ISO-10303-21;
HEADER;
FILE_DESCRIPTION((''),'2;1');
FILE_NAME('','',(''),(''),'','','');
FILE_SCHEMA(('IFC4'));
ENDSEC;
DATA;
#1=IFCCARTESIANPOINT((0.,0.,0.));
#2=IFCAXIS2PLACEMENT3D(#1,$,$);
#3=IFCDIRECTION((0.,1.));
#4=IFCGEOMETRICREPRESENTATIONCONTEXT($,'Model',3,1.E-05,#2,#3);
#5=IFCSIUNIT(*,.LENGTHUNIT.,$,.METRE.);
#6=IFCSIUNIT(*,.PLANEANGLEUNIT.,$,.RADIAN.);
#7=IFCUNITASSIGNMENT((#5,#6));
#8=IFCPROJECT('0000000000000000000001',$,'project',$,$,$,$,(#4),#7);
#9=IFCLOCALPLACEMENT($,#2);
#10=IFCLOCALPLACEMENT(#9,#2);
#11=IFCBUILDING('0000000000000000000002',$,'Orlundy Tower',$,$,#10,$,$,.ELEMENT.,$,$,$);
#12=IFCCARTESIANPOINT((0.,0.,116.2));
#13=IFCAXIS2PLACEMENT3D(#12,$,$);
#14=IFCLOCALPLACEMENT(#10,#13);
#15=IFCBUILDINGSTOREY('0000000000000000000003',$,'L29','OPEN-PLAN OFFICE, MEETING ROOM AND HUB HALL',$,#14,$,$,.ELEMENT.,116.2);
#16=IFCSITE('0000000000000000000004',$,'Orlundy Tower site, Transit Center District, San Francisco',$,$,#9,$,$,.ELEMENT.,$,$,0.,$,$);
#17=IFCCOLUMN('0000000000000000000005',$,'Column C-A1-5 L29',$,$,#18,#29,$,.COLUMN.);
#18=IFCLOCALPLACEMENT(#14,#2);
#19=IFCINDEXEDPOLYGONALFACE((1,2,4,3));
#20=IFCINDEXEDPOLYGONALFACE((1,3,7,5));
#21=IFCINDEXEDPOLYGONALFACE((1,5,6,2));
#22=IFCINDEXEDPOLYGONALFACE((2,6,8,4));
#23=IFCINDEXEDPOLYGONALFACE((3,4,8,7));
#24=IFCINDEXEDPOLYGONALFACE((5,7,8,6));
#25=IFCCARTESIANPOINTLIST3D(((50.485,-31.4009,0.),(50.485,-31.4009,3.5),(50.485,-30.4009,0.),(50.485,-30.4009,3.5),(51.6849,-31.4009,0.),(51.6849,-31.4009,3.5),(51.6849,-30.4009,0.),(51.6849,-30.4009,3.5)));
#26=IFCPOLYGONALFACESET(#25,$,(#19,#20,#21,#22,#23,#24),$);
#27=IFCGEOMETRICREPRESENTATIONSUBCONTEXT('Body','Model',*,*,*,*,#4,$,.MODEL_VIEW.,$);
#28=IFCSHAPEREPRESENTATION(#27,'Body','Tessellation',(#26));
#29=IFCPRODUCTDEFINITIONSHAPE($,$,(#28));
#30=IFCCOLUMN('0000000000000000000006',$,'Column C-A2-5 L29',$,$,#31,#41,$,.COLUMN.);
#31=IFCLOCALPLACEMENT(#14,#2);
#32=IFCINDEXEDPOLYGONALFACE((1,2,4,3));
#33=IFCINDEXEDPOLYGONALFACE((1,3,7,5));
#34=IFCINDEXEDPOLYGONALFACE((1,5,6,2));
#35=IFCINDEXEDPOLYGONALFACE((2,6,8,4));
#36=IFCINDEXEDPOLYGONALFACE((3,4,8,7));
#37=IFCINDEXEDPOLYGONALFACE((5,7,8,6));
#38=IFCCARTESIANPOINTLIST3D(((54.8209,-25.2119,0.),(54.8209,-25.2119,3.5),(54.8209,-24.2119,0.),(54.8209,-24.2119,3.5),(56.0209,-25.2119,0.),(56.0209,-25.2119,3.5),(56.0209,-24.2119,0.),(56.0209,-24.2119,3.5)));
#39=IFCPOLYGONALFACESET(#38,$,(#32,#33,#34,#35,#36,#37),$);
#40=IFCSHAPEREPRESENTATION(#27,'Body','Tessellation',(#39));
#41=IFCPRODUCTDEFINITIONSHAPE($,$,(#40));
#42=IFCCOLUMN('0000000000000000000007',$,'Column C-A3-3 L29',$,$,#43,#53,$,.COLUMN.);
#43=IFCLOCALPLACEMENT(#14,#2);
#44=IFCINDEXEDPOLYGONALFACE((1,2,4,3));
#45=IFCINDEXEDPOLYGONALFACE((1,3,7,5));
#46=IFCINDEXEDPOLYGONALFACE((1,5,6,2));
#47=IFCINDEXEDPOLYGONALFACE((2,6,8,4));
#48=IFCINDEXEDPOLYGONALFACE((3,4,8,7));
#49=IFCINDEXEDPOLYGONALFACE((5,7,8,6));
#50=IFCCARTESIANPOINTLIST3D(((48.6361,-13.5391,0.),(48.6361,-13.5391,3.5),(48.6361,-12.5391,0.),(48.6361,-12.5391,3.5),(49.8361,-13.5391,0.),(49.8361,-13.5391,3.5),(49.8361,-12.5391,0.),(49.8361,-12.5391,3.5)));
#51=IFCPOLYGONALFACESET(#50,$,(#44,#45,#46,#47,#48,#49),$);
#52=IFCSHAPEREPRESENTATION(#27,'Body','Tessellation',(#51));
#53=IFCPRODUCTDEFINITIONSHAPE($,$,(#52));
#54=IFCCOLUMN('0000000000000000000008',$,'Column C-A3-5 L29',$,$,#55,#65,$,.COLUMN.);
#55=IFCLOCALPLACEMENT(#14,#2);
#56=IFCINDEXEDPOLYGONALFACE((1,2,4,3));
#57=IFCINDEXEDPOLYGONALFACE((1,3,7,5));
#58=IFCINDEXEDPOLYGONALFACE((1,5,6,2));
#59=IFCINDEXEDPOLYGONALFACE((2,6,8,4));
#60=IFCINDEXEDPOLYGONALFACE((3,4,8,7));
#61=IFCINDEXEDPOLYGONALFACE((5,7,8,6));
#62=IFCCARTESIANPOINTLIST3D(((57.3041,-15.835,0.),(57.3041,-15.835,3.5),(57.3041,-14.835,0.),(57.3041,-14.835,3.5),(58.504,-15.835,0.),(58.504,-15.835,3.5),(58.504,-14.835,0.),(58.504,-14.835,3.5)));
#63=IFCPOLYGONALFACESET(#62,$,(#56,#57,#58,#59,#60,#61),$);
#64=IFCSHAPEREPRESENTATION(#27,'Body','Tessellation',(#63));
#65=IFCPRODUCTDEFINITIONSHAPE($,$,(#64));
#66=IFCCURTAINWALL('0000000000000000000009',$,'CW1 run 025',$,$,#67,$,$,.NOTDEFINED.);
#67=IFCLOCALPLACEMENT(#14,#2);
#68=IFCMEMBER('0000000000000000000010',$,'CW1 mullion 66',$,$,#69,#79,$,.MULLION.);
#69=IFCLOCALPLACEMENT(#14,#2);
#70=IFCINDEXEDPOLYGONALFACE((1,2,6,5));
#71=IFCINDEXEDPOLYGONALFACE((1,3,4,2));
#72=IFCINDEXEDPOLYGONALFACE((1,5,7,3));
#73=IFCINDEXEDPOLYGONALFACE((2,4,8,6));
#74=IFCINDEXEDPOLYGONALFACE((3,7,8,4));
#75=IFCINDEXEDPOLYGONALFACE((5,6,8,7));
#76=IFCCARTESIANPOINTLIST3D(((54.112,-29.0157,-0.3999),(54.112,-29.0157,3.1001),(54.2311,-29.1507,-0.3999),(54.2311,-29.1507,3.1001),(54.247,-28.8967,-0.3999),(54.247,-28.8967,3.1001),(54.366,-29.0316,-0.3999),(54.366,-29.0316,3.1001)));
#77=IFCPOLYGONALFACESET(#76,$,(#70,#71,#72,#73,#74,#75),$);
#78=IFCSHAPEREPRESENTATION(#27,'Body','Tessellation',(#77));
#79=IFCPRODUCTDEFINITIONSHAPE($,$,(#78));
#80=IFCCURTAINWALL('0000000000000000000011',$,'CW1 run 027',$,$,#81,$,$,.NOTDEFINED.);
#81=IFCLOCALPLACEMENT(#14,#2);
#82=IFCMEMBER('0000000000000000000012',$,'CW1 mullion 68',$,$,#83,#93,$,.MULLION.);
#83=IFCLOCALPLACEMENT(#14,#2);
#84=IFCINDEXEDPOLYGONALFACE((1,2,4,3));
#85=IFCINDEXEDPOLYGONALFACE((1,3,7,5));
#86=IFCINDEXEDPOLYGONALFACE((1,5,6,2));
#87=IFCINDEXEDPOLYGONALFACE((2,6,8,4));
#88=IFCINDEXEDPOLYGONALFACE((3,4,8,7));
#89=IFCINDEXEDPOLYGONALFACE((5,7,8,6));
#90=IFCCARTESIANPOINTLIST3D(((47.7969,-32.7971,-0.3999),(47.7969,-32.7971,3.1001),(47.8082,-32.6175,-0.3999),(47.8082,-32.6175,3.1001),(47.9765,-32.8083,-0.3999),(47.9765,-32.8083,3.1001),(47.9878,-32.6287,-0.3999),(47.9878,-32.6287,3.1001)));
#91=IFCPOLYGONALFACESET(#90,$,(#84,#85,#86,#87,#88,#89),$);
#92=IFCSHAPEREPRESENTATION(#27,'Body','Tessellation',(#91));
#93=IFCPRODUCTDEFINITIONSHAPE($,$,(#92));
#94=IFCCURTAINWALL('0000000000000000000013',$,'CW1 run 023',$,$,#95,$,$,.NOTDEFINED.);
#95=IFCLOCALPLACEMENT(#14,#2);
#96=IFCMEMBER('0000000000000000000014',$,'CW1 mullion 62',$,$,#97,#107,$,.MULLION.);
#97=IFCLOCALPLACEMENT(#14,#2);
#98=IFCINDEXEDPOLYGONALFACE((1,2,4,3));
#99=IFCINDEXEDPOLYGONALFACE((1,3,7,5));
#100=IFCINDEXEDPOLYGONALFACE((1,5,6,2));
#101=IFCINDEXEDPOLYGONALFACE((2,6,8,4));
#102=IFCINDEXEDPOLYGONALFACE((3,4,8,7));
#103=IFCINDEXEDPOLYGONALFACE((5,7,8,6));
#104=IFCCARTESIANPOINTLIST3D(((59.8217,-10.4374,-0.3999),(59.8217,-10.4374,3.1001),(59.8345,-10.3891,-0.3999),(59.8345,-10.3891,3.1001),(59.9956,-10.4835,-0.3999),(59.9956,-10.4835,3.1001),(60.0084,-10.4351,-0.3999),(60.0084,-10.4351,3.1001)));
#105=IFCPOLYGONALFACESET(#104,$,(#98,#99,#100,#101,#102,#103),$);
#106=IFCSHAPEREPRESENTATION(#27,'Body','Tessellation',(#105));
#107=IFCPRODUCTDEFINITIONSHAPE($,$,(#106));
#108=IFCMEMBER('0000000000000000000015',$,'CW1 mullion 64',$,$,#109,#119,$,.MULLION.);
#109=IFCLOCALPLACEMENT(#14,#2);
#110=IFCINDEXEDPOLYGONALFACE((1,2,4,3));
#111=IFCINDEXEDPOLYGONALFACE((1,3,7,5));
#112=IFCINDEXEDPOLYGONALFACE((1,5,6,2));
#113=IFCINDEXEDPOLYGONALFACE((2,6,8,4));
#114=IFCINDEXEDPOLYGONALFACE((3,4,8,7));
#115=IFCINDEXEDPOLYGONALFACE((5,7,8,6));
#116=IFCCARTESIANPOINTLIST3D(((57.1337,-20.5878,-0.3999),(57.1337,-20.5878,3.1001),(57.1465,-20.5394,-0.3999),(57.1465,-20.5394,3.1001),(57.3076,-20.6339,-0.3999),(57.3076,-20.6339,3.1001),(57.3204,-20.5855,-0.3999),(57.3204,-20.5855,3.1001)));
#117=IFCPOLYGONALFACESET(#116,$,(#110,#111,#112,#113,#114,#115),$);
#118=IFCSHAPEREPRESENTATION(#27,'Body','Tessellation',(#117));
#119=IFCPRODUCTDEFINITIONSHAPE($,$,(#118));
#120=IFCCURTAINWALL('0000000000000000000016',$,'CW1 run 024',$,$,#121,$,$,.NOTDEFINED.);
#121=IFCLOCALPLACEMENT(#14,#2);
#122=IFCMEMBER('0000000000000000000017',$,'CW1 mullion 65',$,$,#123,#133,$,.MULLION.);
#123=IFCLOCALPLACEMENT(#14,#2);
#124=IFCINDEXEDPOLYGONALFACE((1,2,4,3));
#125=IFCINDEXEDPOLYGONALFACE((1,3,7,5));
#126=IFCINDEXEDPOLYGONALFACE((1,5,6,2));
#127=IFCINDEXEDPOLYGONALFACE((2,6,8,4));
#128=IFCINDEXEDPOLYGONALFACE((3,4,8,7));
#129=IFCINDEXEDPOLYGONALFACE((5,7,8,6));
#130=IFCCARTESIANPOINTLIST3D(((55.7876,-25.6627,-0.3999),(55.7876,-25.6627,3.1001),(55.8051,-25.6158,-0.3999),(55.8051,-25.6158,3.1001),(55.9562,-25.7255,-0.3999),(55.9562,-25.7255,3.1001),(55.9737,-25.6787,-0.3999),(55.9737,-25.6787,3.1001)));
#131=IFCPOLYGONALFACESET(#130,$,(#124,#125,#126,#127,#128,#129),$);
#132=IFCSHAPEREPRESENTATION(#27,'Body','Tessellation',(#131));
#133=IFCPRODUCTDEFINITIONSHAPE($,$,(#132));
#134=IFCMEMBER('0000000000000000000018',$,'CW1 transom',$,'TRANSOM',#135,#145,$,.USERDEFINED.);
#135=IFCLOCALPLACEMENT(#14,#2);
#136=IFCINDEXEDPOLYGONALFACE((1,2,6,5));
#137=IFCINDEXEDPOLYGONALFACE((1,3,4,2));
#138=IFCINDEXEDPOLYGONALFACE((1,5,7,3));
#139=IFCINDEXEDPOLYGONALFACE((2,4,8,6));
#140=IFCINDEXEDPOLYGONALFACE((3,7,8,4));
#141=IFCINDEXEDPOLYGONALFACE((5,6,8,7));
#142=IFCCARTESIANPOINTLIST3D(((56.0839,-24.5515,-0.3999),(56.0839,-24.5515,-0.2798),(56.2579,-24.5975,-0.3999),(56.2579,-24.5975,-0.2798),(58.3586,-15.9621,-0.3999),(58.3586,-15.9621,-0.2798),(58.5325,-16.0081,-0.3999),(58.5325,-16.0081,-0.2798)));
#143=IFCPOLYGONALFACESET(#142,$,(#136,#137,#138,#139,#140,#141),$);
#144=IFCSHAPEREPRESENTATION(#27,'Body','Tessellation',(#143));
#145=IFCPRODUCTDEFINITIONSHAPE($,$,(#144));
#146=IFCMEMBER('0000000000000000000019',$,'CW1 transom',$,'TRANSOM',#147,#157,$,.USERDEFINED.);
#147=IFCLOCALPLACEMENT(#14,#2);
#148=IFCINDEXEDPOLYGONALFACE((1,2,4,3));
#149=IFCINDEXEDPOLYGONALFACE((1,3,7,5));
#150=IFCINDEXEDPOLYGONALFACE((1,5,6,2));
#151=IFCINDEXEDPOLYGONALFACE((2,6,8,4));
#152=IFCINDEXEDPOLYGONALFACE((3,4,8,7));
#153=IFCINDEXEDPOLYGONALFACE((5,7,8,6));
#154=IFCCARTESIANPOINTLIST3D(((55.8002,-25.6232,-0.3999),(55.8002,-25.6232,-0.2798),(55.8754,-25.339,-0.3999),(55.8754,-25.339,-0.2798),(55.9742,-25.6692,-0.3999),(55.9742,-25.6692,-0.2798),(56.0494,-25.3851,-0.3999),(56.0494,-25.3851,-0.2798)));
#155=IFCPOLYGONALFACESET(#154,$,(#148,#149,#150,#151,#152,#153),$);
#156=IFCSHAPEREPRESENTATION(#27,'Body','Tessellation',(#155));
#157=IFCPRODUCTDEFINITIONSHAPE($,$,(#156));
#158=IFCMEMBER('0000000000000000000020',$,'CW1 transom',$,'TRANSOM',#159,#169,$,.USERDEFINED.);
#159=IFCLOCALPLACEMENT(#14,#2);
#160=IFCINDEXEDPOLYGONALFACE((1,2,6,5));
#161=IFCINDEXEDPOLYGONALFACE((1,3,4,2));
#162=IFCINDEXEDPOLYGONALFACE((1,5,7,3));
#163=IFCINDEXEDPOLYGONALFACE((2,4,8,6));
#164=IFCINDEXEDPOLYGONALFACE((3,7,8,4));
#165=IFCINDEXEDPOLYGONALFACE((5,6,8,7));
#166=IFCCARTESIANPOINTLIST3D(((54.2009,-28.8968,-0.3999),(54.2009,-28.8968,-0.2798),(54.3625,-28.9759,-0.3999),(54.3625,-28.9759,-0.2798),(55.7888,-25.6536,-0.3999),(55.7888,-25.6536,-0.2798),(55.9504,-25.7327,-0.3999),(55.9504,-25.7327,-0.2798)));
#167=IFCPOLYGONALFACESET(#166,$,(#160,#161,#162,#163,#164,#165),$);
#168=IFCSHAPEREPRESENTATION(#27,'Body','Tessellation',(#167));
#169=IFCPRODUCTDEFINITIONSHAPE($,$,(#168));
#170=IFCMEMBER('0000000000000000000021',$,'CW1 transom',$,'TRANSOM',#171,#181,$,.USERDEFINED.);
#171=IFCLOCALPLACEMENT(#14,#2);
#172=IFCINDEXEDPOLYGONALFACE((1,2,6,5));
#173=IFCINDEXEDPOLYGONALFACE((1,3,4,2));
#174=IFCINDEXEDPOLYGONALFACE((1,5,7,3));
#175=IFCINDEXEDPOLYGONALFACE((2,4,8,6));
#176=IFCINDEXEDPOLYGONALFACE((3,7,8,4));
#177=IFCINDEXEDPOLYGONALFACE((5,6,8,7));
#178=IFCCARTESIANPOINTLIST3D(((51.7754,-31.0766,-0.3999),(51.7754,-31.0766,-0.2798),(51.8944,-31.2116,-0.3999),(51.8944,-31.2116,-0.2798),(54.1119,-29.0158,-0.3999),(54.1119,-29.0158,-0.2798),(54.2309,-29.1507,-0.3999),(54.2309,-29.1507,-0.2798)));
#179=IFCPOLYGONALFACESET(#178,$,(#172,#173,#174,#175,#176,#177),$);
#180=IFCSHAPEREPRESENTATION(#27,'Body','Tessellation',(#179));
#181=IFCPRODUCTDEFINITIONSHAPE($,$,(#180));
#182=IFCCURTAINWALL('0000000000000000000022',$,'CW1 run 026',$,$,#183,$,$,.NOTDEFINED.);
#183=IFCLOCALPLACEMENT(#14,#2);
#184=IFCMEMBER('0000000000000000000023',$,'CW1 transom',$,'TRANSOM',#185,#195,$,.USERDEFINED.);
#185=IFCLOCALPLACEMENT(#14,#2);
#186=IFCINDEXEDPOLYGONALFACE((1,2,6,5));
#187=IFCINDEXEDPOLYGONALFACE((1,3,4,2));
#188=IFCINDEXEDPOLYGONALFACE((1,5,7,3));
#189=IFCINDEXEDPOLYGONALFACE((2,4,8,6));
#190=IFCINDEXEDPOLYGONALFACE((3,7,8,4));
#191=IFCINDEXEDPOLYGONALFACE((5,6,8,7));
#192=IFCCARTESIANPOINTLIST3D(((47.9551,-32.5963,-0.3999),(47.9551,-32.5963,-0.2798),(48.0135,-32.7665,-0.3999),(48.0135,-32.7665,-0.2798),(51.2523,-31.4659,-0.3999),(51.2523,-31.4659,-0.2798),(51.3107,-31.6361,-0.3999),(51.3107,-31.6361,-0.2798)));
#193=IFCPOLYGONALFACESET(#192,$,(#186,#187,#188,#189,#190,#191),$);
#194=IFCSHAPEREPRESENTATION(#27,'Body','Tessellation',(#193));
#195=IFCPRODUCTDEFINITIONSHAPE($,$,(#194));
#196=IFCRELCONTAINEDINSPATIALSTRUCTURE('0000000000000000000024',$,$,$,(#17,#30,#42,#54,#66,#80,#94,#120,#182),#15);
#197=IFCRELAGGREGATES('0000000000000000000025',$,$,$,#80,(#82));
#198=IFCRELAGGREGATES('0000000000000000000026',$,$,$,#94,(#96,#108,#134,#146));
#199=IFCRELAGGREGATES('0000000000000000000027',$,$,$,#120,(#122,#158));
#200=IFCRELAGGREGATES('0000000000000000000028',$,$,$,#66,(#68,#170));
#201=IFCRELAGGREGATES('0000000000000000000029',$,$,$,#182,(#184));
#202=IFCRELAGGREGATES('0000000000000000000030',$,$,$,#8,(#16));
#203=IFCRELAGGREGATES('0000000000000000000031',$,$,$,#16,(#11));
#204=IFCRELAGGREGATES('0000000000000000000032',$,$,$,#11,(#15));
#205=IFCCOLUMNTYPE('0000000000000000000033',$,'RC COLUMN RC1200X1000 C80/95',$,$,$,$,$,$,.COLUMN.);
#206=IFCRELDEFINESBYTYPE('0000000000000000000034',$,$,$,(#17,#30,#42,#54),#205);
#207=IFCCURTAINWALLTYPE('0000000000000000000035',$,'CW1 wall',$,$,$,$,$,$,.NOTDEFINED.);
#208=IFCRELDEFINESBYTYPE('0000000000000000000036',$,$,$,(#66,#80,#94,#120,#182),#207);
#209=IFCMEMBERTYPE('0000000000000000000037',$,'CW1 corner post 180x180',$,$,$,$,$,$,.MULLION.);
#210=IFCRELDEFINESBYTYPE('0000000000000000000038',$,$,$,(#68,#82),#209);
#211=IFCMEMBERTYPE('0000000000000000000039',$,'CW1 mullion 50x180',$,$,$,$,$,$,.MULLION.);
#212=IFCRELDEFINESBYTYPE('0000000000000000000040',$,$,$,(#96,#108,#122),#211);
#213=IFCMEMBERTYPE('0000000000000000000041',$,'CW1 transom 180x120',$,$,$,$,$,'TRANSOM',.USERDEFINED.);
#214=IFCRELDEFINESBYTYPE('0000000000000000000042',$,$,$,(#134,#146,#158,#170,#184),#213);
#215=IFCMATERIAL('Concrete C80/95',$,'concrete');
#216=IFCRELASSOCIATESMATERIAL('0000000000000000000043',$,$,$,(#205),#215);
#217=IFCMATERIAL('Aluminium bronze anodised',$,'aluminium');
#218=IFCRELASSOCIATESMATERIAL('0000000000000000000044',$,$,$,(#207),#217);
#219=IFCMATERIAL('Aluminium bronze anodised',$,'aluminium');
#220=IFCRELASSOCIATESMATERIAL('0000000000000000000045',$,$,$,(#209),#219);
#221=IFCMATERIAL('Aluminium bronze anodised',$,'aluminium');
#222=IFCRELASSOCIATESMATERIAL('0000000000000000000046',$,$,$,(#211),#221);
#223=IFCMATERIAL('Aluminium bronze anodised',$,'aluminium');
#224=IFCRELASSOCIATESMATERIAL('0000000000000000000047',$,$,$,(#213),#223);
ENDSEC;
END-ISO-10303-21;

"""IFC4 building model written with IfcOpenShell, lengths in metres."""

from ifc_helpers import new_model, si_unit, direction, frame, origin, origin_2d, place, context, subcontext, project, spatial, rectangle, extrude, material, material_profile, profile_set, type_object, element, aggregate, save


model = new_model("IFC4")

# Units and contexts
model_context = context("Model", 3, precision=1e-05, world=origin(), true_north=direction((0.0, 1.0)))
body_context = subcontext(model_context, "Body", "Model", "MODEL_VIEW")
ifc_project = project(units=[si_unit("LENGTHUNIT", "METRE"), si_unit("PLANEANGLEUNIT", "RADIAN")], contexts=[model_context])

# Site, building, storey
site_placement = place(None, origin())
site = spatial("IfcSite", under=ifc_project, at=site_placement, Name="Orlundy Tower site, Transit Center District, San Francisco", CompositionType="ELEMENT", RefElevation=0.0)
building_placement = place(site_placement, origin())
building = spatial("IfcBuilding", under=site, at=building_placement, Name="Orlundy Tower", CompositionType="ELEMENT")
storey_placement = place(building_placement, frame((0.0, 0.0, 116.2)))
storey = spatial("IfcBuildingStorey", under=building, at=storey_placement, Name="L29", Description="OPEN-PLAN OFFICE, MEETING ROOM AND HUB HALL", CompositionType="ELEMENT", Elevation=116.2)

# Columns
ifc_material_1 = material(Name="Concrete C80/95", Category="concrete")
ifc_material_profile_1 = material_profile(ifc_material_1, rectangle(XDim=1.2, YDim=1.0, at=origin_2d()), Name="RC1200X1000")
ifc_profile_set_1 = profile_set([ifc_material_profile_1], Name="Concrete C80/95")
column_type = type_object("IfcColumnType", Name="RC COLUMN RC1200X1000 C80/95", PredefinedType="COLUMN", material=ifc_profile_set_1)
for number, where, z_axis, x_axis, name in (
    (1, (51.085, -30.9009, 0.0), (0.0, 0.0, 1.0), (1.0, 0.0, 0.0), "Column C-A1-5 L29"),
    (2, (55.4209, -24.7119, 0.0), (0.0, 0.0, 1.0), (1.0, 0.0, 0.0), "Column C-A2-5 L29"),
    (3, (49.2361, -13.0391, 0.0), (0.0, 0.0, 1.0), (1.0, 0.0, 0.0), "Column C-A3-3 L29"),
    (4, (57.9041, -15.335, 0.0), (0.0, 0.0, 1.0), (1.0, 0.0, 0.0), "Column C-A3-5 L29"),
):
    element("IfcColumn", number, at=place(storey_placement, frame(where, z_axis=z_axis, x_axis=x_axis)), inside=storey, type_object=column_type, Name=name, PredefinedType="COLUMN", context=body_context, shape_type="SweptSolid", body=[
        extrude(rectangle(XDim=1.2, YDim=1.0, at=origin_2d()), origin(), (0.0, 0.0, 1.0), 3.5),
    ])

# Curtain walls, members
ifc_material_2 = material(Name="Aluminium bronze anodised", Category="aluminium")
curtain_wall_type = type_object("IfcCurtainWallType", Name="CW1 wall", PredefinedType="NOTDEFINED", material=ifc_material_2)
curtain_wall_1_placement = place(storey_placement, origin())
curtain_wall_1 = element("IfcCurtainWall", 5, at=curtain_wall_1_placement, inside=storey, type_object=curtain_wall_type, Name="CW1 run 025", PredefinedType="NOTDEFINED")
ifc_material_3 = material(Name="Aluminium bronze anodised", Category="aluminium")
ifc_material_profile_2 = material_profile(ifc_material_3, rectangle(XDim=0.1799, YDim=0.1799, at=origin_2d()), Name="CW1 corner post 180x180")
ifc_profile_set_2 = profile_set([ifc_material_profile_2], Name="Aluminium bronze anodised")
member_type_1 = type_object("IfcMemberType", Name="CW1 corner post 180x180", PredefinedType="MULLION", material=ifc_profile_set_2)
member_1_placement = place(storey_placement, frame((54.239, -29.0237, -0.3999), z_axis=(0.0, 0.0, 1.0), x_axis=(0.661479, -0.749964, 0.0)))
member_1 = element("IfcMember", 6, at=member_1_placement, type_object=member_type_1, Name="CW1 mullion 66", PredefinedType="MULLION", context=body_context, shape_type="SweptSolid", body=[
    extrude(rectangle(XDim=0.1799, YDim=0.1799, at=origin_2d()), origin(), (0.0, 0.0, 1.0), 3.5),
])
curtain_wall_2_placement = place(storey_placement, origin())
curtain_wall_2 = element("IfcCurtainWall", 7, at=curtain_wall_2_placement, inside=storey, type_object=curtain_wall_type, Name="CW1 run 027", PredefinedType="NOTDEFINED")
member_2_placement = place(storey_placement, frame((47.8923, -32.7129, -0.3999), z_axis=(0.0, 0.0, 1.0), x_axis=(-0.06258, -0.99804, 0.0)))
member_2 = element("IfcMember", 8, at=member_2_placement, type_object=member_type_1, Name="CW1 mullion 68", PredefinedType="MULLION", context=body_context, shape_type="SweptSolid", body=[
    extrude(rectangle(XDim=0.1799, YDim=0.1799, at=origin_2d()), origin(), (0.0, 0.0, 1.0), 3.5),
])
aggregate(curtain_wall_2, [member_2])

# Curtain wall, members
curtain_wall_3_placement = place(storey_placement, origin())
curtain_wall_3 = element("IfcCurtainWall", 9, at=curtain_wall_3_placement, inside=storey, type_object=curtain_wall_type, Name="CW1 run 023", PredefinedType="NOTDEFINED")
ifc_material_4 = material(Name="Aluminium bronze anodised", Category="aluminium")
ifc_material_profile_3 = material_profile(ifc_material_4, rectangle(XDim=0.1799, YDim=0.05, at=origin_2d()), Name="CW1 mullion 50x180")
ifc_profile_set_3 = profile_set([ifc_material_profile_3], Name="Aluminium bronze anodised")
member_type_2 = type_object("IfcMemberType", Name="CW1 mullion 50x180", PredefinedType="MULLION", material=ifc_profile_set_3)
member_3_placement = place(storey_placement, frame((59.915, -10.4363, -0.3999), z_axis=(0.0, 0.0, 1.0), x_axis=(0.966679, -0.255991, 0.0)))
member_3 = element("IfcMember", 10, at=member_3_placement, type_object=member_type_2, Name="CW1 mullion 62", PredefinedType="MULLION", context=body_context, shape_type="SweptSolid", body=[
    extrude(rectangle(XDim=0.1799, YDim=0.05, at=origin_2d()), origin(), (0.0, 0.0, 1.0), 3.5),
])
member_4_placement = place(storey_placement, frame((57.2271, -20.5867, -0.3999), z_axis=(0.0, 0.0, 1.0), x_axis=(0.966679, -0.255991, 0.0)))
member_4 = element("IfcMember", 11, at=member_4_placement, type_object=member_type_2, Name="CW1 mullion 64", PredefinedType="MULLION", context=body_context, shape_type="SweptSolid", body=[
    extrude(rectangle(XDim=0.1799, YDim=0.05, at=origin_2d()), origin(), (0.0, 0.0, 1.0), 3.5),
])

# Curtain wall, member
curtain_wall_4_placement = place(storey_placement, origin())
curtain_wall_4 = element("IfcCurtainWall", 12, at=curtain_wall_4_placement, inside=storey, type_object=curtain_wall_type, Name="CW1 run 024", PredefinedType="NOTDEFINED")
member_5_placement = place(storey_placement, frame((55.8806, -25.6707, -0.3999), z_axis=(0.0, 0.0, 1.0), x_axis=(0.936915, -0.349556, 0.0)))
member_5 = element("IfcMember", 13, at=member_5_placement, type_object=member_type_2, Name="CW1 mullion 65", PredefinedType="MULLION", context=body_context, shape_type="SweptSolid", body=[
    extrude(rectangle(XDim=0.1799, YDim=0.05, at=origin_2d()), origin(), (0.0, 0.0, 1.0), 3.5),
])

# Members
ifc_material_5 = material(Name="Aluminium bronze anodised", Category="aluminium")
ifc_material_profile_4 = material_profile(ifc_material_5, rectangle(XDim=0.1799, YDim=0.1201, at=origin_2d()), Name="CW1 transom 180x120")
ifc_profile_set_4 = profile_set([ifc_material_profile_4], Name="Aluminium bronze anodised")
member_type_3 = type_object("IfcMemberType", Name="CW1 transom 180x120", ElementType="TRANSOM", PredefinedType="USERDEFINED", material=ifc_profile_set_4)
member_6_placement = place(storey_placement, frame((58.4456, -15.9851, -0.3398), z_axis=(-0.255998, -0.966677, 0.0), x_axis=(0.966677, -0.255998, 0.0)))
member_6 = element("IfcMember", 14, at=member_6_placement, type_object=member_type_3, Name="CW1 transom", ObjectType="TRANSOM", PredefinedType="USERDEFINED", context=body_context, shape_type="SweptSolid", body=[
    extrude(rectangle(XDim=0.1799, YDim=0.1201, at=origin_2d()), origin(), (0.0, 0.0, 1.0), 8.8855),
])
member_7_placement = place(storey_placement, frame((55.9624, -25.3621, -0.3398), z_axis=(-0.255801, -0.966729, 0.0), x_axis=(0.966729, -0.255801, 0.0)))
member_7 = element("IfcMember", 15, at=member_7_placement, type_object=member_type_3, Name="CW1 transom", ObjectType="TRANSOM", PredefinedType="USERDEFINED", context=body_context, shape_type="SweptSolid", body=[
    extrude(rectangle(XDim=0.1799, YDim=0.1201, at=origin_2d()), origin(), (0.0, 0.0, 1.0), 0.2939),
])
member_8_placement = place(storey_placement, frame((55.8696, -25.6931, -0.3398), z_axis=(-0.439734, -0.898128, 0.0), x_axis=(0.898128, -0.439734, 0.0)))
member_8 = element("IfcMember", 16, at=member_8_placement, type_object=member_type_3, Name="CW1 transom", ObjectType="TRANSOM", PredefinedType="USERDEFINED", context=body_context, shape_type="SweptSolid", body=[
    extrude(rectangle(XDim=0.1799, YDim=0.1201, at=origin_2d()), origin(), (0.0, 0.0, 1.0), 3.6111),
])
member_9_placement = place(storey_placement, frame((54.1714, -29.0833, -0.3398), z_axis=(-0.749959, -0.661484, 0.0), x_axis=(0.661484, -0.749959, 0.0)))
member_9 = element("IfcMember", 17, at=member_9_placement, type_object=member_type_3, Name="CW1 transom", ObjectType="TRANSOM", PredefinedType="USERDEFINED", context=body_context, shape_type="SweptSolid", body=[
    extrude(rectangle(XDim=0.1799, YDim=0.1201, at=origin_2d()), origin(), (0.0, 0.0, 1.0), 3.1155),
])

# Curtain wall, member
curtain_wall_5_placement = place(storey_placement, origin())
curtain_wall_5 = element("IfcCurtainWall", 18, at=curtain_wall_5_placement, inside=storey, type_object=curtain_wall_type, Name="CW1 run 026", PredefinedType="NOTDEFINED")
member_10_placement = place(storey_placement, frame((51.2815, -31.551, -0.3398), z_axis=(-0.945952, -0.324306, 0.0), x_axis=(0.324306, -0.945952, 0.0)))
member_10 = element("IfcMember", 19, at=member_10_placement, type_object=member_type_3, Name="CW1 transom", ObjectType="TRANSOM", PredefinedType="USERDEFINED", context=body_context, shape_type="SweptSolid", body=[
    extrude(rectangle(XDim=0.1799, YDim=0.1201, at=origin_2d()), origin(), (0.0, 0.0, 1.0), 3.4856),
])

aggregate(curtain_wall_3, [member_3, member_4, member_6, member_7])
aggregate(curtain_wall_4, [member_5, member_8])
aggregate(curtain_wall_1, [member_1, member_9])
aggregate(curtain_wall_5, [member_10])

save(model, "model.ifc")
